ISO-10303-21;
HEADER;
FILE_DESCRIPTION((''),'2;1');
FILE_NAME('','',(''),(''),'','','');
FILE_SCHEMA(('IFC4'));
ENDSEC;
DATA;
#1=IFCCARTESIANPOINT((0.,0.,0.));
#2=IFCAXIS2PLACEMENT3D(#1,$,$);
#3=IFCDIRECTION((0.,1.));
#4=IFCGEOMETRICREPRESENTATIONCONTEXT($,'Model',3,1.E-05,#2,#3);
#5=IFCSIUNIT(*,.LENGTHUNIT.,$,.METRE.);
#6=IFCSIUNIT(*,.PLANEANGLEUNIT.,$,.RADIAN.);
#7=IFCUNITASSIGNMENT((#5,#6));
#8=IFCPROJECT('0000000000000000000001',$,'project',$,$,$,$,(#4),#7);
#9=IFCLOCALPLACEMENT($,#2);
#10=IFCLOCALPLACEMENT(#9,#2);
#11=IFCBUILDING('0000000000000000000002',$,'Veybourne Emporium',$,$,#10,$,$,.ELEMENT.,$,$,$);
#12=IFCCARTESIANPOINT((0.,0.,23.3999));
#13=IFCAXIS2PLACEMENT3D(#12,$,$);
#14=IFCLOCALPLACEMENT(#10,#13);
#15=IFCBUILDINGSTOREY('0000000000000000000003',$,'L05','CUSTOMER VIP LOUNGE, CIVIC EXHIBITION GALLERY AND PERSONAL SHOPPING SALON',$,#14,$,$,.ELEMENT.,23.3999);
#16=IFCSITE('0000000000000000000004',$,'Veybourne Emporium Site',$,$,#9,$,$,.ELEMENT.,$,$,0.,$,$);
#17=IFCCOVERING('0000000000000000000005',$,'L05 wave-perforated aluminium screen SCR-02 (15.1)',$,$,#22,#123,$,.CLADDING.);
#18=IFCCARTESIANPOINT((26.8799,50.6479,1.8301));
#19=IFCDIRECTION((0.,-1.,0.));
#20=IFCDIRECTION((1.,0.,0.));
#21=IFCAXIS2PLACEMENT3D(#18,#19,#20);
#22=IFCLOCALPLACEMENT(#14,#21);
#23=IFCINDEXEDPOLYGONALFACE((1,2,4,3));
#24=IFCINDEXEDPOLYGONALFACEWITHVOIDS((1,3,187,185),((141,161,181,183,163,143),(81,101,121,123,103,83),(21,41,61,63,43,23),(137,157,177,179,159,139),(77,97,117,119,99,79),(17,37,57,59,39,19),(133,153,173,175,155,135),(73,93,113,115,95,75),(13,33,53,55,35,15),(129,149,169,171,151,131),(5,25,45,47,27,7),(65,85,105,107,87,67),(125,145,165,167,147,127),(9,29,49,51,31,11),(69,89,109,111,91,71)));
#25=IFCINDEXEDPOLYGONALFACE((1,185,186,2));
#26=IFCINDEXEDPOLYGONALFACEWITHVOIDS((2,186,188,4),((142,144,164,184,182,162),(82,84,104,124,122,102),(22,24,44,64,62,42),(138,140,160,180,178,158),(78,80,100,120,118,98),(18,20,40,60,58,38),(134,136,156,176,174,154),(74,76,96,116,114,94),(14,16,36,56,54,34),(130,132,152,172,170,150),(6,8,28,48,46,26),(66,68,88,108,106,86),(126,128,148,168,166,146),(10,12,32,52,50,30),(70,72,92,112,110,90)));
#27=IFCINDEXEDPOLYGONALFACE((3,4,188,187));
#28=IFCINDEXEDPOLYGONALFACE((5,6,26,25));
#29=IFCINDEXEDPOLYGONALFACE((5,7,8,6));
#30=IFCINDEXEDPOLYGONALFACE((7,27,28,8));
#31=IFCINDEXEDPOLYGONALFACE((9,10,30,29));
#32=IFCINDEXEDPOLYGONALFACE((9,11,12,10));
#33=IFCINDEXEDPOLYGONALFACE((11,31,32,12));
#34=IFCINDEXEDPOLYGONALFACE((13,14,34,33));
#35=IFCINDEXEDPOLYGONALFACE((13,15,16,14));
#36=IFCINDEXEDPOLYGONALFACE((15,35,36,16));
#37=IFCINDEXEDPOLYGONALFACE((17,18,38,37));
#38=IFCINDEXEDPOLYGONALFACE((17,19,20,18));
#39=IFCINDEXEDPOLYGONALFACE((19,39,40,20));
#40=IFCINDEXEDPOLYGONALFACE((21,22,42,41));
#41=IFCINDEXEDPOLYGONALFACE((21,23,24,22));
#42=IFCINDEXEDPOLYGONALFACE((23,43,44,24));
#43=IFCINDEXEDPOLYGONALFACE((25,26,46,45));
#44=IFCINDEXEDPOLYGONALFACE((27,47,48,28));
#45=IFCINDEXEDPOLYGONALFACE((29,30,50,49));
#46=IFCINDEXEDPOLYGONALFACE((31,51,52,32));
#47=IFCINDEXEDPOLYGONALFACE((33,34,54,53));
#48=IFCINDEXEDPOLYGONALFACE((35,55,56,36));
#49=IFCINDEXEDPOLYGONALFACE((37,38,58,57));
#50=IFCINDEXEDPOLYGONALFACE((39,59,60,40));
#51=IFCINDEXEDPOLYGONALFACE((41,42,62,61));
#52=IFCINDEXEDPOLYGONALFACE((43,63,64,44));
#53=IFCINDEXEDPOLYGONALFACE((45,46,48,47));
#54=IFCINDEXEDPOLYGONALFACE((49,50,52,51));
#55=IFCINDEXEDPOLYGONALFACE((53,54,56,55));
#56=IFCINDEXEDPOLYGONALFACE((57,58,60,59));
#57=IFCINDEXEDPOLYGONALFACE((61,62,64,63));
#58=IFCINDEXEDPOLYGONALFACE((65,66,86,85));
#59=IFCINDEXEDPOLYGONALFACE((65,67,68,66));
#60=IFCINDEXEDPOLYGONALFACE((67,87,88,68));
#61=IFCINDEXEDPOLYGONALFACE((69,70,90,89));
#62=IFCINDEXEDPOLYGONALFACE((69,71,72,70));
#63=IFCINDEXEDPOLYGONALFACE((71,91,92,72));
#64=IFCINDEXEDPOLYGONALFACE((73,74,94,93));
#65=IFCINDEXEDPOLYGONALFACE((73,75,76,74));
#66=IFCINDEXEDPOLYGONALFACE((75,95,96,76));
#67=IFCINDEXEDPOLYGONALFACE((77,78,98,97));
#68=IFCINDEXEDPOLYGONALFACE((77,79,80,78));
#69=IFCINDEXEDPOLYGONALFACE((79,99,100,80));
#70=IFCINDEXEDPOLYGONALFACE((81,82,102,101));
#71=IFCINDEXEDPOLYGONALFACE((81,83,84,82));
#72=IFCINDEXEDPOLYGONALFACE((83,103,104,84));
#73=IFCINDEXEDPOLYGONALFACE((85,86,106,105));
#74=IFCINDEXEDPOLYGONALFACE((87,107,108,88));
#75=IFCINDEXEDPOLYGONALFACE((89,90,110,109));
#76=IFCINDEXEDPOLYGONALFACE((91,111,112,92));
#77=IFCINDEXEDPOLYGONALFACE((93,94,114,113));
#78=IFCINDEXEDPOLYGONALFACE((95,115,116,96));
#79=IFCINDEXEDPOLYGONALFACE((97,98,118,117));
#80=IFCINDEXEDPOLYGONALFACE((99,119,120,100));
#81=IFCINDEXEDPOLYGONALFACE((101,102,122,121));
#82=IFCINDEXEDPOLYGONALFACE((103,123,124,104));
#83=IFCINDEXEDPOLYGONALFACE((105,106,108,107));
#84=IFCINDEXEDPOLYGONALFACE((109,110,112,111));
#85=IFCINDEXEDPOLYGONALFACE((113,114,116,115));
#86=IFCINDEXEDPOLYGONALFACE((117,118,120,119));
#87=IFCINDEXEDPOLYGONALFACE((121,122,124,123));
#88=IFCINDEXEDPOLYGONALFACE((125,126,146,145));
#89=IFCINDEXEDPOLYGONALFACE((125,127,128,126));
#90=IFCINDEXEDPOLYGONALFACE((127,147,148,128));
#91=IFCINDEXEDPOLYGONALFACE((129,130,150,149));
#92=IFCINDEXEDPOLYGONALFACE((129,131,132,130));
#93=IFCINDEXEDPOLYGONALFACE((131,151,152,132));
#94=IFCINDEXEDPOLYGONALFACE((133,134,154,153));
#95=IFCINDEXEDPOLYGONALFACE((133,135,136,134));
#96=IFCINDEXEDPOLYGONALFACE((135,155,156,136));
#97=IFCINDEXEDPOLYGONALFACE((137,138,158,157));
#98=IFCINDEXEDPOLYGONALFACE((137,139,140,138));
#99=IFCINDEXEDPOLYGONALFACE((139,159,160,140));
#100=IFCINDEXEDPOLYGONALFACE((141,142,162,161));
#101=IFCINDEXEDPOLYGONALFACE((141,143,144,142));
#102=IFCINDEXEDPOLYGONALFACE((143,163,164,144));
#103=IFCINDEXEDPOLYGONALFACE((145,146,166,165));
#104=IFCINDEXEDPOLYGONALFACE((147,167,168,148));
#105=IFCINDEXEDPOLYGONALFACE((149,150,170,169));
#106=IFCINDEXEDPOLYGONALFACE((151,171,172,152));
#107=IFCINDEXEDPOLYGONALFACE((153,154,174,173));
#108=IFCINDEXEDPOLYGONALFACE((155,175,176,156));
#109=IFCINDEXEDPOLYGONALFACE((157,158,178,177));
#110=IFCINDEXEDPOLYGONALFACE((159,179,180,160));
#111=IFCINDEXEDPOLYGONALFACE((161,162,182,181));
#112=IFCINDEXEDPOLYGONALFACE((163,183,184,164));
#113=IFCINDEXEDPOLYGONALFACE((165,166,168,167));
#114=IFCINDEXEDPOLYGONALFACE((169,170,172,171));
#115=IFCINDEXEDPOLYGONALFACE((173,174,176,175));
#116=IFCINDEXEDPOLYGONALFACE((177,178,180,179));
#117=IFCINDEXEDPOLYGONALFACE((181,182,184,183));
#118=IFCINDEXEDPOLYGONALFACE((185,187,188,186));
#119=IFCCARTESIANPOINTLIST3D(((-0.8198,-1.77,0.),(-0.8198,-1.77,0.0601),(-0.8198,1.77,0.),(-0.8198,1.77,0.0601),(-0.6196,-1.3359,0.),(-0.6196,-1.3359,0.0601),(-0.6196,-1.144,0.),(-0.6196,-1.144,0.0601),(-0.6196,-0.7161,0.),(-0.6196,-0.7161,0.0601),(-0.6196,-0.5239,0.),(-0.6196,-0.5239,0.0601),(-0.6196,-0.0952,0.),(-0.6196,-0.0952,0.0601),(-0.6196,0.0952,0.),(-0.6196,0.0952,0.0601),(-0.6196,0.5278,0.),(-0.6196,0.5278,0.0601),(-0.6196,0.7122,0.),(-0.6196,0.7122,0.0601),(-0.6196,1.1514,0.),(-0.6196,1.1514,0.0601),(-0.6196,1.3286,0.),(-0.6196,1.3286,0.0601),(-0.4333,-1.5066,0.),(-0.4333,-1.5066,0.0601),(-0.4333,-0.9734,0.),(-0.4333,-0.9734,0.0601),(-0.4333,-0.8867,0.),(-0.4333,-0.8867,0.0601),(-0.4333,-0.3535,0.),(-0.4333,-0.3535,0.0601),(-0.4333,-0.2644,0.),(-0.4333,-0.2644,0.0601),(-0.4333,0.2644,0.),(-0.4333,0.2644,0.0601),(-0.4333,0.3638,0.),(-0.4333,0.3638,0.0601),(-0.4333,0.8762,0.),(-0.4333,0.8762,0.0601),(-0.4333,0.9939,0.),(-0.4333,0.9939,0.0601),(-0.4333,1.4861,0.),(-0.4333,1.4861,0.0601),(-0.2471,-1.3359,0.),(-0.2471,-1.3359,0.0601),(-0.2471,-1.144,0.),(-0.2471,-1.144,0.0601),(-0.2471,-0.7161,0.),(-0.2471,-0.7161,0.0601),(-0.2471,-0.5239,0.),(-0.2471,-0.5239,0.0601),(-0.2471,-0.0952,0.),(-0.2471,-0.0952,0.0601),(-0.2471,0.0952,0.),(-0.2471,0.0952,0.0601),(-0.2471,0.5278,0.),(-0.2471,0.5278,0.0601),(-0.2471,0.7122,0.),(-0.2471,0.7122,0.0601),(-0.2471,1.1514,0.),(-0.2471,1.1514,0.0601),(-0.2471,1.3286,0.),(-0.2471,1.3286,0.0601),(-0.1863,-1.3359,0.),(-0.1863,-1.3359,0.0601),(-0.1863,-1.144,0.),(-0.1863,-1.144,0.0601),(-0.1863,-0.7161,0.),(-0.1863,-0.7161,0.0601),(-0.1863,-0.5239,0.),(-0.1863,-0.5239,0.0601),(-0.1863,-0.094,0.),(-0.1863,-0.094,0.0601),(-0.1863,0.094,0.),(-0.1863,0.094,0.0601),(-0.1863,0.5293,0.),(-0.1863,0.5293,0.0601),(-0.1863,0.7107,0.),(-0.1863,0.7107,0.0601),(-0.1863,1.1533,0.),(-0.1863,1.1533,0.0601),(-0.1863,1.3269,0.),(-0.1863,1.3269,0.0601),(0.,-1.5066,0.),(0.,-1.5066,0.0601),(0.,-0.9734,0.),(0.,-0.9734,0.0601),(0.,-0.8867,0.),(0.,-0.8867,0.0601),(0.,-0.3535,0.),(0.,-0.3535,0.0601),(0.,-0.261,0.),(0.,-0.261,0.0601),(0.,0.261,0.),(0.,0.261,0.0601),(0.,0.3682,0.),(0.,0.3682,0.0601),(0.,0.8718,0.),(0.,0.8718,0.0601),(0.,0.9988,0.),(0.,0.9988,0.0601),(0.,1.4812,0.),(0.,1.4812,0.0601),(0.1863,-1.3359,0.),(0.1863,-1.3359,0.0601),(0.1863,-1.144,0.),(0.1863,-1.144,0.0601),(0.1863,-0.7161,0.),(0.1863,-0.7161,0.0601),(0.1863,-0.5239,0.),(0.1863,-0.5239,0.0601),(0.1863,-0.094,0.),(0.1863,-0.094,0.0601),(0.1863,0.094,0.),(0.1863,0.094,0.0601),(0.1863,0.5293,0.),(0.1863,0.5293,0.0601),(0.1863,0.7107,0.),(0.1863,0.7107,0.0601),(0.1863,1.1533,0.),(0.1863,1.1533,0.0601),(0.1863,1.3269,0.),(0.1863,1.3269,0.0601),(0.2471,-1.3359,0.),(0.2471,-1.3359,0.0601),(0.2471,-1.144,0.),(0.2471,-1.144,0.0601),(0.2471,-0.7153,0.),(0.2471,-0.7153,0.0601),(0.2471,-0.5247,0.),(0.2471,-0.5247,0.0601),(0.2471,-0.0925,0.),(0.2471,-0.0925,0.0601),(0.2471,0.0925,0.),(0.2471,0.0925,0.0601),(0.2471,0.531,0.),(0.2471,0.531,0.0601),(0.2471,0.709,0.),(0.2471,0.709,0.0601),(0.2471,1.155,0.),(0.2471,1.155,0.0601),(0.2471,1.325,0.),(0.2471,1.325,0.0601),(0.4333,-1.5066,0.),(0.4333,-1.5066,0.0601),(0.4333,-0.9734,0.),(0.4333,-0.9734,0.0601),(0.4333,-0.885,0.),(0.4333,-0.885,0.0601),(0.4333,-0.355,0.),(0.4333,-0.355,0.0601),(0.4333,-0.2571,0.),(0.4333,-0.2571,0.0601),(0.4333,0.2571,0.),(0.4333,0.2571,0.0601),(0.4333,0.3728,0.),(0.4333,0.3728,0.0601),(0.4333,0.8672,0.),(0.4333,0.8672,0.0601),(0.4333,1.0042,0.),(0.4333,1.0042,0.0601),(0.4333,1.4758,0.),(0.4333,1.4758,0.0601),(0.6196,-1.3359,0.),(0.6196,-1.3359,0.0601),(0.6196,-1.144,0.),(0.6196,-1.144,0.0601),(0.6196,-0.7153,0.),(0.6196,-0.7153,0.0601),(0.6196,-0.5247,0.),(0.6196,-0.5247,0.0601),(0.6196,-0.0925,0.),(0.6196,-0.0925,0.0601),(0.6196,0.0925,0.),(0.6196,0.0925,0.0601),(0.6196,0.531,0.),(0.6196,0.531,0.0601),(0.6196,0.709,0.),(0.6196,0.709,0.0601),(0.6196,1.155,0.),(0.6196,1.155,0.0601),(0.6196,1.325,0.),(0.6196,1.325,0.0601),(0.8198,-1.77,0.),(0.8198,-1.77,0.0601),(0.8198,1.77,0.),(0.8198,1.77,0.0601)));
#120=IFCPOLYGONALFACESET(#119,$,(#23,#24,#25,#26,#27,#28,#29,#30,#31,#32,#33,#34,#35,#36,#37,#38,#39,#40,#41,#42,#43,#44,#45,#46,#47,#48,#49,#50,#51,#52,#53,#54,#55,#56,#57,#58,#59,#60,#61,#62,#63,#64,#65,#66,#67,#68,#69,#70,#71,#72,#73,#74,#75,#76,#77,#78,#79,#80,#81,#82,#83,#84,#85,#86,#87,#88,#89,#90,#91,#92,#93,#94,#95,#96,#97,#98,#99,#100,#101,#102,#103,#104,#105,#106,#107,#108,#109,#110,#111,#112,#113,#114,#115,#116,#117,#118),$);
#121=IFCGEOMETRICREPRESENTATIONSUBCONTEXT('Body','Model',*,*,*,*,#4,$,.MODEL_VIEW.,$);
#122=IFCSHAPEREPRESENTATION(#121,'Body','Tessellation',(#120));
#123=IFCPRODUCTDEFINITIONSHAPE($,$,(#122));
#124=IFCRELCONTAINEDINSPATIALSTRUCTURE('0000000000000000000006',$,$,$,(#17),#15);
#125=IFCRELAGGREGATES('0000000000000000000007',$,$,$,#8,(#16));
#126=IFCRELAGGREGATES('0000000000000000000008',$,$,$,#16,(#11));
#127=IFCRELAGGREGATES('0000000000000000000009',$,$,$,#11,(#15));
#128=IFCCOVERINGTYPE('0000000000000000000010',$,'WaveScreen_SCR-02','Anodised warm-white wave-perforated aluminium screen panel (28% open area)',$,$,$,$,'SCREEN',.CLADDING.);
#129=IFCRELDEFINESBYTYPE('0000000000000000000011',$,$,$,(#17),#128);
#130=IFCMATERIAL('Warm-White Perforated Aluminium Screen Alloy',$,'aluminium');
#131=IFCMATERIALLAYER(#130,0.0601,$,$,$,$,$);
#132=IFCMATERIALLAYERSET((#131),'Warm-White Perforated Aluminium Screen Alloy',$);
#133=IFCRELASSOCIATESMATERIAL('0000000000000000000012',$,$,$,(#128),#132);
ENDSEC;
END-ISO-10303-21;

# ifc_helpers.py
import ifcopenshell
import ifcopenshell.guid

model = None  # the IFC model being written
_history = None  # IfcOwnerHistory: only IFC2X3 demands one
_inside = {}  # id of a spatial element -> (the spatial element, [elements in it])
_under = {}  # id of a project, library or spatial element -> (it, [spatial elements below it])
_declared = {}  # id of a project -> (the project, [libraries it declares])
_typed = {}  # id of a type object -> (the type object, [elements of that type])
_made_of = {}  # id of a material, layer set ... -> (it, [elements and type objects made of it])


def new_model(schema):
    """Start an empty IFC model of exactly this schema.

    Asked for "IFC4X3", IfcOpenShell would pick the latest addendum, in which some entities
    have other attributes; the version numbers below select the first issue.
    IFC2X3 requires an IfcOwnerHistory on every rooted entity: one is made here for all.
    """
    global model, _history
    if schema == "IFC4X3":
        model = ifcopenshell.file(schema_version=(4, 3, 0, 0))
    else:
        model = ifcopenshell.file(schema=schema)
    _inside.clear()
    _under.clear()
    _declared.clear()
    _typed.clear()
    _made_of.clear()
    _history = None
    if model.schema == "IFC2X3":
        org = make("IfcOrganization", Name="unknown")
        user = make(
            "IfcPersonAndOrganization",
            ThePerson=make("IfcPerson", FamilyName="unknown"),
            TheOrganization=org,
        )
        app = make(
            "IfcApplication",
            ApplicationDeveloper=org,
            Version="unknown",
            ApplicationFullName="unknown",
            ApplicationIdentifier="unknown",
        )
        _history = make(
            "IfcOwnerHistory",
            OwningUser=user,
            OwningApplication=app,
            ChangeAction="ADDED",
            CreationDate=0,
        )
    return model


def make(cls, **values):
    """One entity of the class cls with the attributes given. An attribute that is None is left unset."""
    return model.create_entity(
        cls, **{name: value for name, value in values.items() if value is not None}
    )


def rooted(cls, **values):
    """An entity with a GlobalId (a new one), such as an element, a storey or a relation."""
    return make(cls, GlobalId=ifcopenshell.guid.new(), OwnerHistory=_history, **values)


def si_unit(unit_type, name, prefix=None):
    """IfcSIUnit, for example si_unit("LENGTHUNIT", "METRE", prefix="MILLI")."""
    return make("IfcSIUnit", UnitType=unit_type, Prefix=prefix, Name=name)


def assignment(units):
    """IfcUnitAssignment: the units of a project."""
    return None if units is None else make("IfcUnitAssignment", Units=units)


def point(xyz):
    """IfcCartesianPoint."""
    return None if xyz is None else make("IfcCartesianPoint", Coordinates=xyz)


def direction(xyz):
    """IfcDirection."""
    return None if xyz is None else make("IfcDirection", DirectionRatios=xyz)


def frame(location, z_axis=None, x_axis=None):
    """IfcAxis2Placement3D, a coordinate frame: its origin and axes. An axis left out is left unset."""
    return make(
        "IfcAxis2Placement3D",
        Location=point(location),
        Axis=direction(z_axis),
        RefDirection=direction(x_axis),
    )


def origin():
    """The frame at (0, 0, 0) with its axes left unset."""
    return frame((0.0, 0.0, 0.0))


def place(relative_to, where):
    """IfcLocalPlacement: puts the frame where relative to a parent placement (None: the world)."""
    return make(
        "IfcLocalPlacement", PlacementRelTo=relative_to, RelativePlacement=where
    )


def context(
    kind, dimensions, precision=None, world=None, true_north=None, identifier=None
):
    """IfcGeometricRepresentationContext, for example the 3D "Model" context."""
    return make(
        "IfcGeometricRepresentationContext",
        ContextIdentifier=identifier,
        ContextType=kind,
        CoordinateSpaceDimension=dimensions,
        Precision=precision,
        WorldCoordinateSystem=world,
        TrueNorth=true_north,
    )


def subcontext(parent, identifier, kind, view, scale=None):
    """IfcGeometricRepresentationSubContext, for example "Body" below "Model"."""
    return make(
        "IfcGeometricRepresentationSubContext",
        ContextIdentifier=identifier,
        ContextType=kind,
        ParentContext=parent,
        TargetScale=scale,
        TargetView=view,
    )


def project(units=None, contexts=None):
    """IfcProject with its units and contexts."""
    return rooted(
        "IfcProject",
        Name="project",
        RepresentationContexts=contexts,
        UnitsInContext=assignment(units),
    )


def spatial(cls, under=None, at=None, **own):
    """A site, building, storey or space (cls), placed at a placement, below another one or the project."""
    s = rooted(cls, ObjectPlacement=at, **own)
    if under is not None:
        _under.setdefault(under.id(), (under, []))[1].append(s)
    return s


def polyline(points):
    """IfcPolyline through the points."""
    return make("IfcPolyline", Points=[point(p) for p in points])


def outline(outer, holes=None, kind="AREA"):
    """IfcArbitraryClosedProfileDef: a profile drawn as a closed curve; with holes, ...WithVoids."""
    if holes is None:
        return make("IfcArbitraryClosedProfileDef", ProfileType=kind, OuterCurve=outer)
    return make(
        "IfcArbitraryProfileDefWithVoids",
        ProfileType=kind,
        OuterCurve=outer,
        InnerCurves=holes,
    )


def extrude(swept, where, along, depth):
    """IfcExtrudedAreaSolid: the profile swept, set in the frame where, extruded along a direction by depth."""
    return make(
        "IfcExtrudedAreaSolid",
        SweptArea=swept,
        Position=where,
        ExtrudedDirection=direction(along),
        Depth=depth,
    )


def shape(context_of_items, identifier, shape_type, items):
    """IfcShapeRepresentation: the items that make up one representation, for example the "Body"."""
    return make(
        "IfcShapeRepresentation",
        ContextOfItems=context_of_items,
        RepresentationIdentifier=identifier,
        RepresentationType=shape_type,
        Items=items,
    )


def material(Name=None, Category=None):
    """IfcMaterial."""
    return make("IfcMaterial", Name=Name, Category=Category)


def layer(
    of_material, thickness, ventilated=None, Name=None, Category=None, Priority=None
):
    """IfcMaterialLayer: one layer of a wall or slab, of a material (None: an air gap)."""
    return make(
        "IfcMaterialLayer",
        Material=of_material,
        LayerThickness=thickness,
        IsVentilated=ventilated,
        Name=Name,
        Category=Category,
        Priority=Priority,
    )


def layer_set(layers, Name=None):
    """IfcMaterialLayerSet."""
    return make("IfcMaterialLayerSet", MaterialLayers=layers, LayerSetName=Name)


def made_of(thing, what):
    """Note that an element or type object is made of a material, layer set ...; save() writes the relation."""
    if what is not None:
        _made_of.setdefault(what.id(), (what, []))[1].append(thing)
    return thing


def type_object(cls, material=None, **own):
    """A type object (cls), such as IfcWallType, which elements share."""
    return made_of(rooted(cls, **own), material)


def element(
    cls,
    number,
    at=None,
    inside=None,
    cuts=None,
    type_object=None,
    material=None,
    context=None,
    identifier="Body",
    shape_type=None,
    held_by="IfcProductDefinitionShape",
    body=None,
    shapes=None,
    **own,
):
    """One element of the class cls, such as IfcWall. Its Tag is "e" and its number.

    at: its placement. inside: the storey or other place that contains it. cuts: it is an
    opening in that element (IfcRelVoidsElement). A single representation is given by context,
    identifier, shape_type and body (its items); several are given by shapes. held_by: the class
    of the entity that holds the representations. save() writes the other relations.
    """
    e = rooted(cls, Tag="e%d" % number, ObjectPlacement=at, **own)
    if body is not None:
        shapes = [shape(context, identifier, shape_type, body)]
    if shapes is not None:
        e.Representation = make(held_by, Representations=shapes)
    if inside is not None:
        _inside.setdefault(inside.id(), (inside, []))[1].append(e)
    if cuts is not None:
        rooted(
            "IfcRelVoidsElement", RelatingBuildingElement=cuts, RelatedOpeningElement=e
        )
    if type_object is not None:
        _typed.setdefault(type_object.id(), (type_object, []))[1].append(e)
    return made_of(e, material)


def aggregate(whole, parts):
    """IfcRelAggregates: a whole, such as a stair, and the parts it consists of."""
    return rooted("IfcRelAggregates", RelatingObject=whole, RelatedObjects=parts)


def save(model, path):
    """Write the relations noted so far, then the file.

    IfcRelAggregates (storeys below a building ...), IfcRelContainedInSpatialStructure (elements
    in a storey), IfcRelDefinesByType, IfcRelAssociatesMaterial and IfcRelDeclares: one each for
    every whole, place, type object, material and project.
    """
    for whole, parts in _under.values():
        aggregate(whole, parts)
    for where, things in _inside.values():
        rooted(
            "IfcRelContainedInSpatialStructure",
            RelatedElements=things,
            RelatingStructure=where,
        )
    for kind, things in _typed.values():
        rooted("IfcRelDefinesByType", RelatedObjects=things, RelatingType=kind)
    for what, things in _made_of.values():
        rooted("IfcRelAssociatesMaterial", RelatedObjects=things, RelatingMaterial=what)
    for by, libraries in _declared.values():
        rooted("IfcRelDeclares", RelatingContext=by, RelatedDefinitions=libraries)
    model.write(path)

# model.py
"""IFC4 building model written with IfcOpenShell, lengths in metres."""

from ifc_helpers import new_model, si_unit, direction, frame, origin, place, context, subcontext, project, spatial, polyline, outline, extrude, material, layer, layer_set, type_object, element, save


model = new_model("IFC4")

# Units and contexts
model_context = context("Model", 3, precision=1e-05, world=origin(), true_north=direction((0.0, 1.0)))
body_context = subcontext(model_context, "Body", "Model", "MODEL_VIEW")
ifc_project = project(units=[si_unit("LENGTHUNIT", "METRE"), si_unit("PLANEANGLEUNIT", "RADIAN")], contexts=[model_context])

# Site, building, storey
site_placement = place(None, origin())
site = spatial("IfcSite", under=ifc_project, at=site_placement, Name="Veybourne Emporium Site", CompositionType="ELEMENT", RefElevation=0.0)
building_placement = place(site_placement, origin())
building = spatial("IfcBuilding", under=site, at=building_placement, Name="Veybourne Emporium", CompositionType="ELEMENT")
storey_placement = place(building_placement, frame((0.0, 0.0, 23.3999)))
storey = spatial("IfcBuildingStorey", under=building, at=storey_placement, Name="L05", Description="CUSTOMER VIP LOUNGE, CIVIC EXHIBITION GALLERY AND PERSONAL SHOPPING SALON", CompositionType="ELEMENT", Elevation=23.3999)

# Covering
ifc_material_1 = material(Name="Warm-White Perforated Aluminium Screen Alloy", Category="aluminium")
ifc_layer_1 = layer(ifc_material_1, 0.0601)
ifc_layer_set_1 = layer_set([ifc_layer_1], Name="Warm-White Perforated Aluminium Screen Alloy")
covering_type_1 = type_object("IfcCoveringType", Name="WaveScreen_SCR-02", Description="Anodised warm-white wave-perforated aluminium screen panel (28% open area)", ElementType="SCREEN", PredefinedType="CLADDING", material=ifc_layer_set_1)
covering_1_placement = place(storey_placement, frame((26.8799, 50.6479, 1.8301), z_axis=(0.0, -1.0, 0.0), x_axis=(1.0, 0.0, 0.0)))
element("IfcCovering", 1, at=covering_1_placement, inside=storey, type_object=covering_type_1, Name="L05 wave-perforated aluminium screen SCR-02 (15.1)", PredefinedType="CLADDING", context=body_context, shape_type="SweptSolid", body=[
    extrude(outline(polyline([(-0.8198, -1.77), (0.8198, -1.77), (0.8198, 1.77), (-0.8198, 1.77), (-0.8198, -1.77)]), holes=[polyline([(-0.4333, -0.9734), (-0.2471, -1.144), (-0.2471, -1.3359), (-0.4333, -1.5066), (-0.6196, -1.3359), (-0.6196, -1.144), (-0.4333, -0.9734)]), polyline([(-0.4333, -0.3535), (-0.2471, -0.5239), (-0.2471, -0.7161), (-0.4333, -0.8867), (-0.6196, -0.7161), (-0.6196, -0.5239), (-0.4333, -0.3535)]), polyline([(-0.4333, 0.2644), (-0.2471, 0.0952), (-0.2471, -0.0952), (-0.4333, -0.2644), (-0.6196, -0.0952), (-0.6196, 0.0952), (-0.4333, 0.2644)]), polyline([(-0.4333, 0.8762), (-0.2471, 0.7122), (-0.2471, 0.5278), (-0.4333, 0.3638), (-0.6196, 0.5278), (-0.6196, 0.7122), (-0.4333, 0.8762)]), polyline([(-0.4333, 1.4861), (-0.2471, 1.3286), (-0.2471, 1.1514), (-0.4333, 0.9939), (-0.6196, 1.1514), (-0.6196, 1.3286), (-0.4333, 1.4861)]), polyline([(0.0, -0.9734), (0.1863, -1.144), (0.1863, -1.3359), (0.0, -1.5066), (-0.1863, -1.3359), (-0.1863, -1.144), (0.0, -0.9734)]), polyline([(0.0, -0.3535), (0.1863, -0.5239), (0.1863, -0.7161), (0.0, -0.8867), (-0.1863, -0.7161), (-0.1863, -0.5239), (0.0, -0.3535)]), polyline([(0.0, 0.261), (0.1863, 0.094), (0.1863, -0.094), (0.0, -0.261), (-0.1863, -0.094), (-0.1863, 0.094), (0.0, 0.261)]), polyline([(0.0, 0.8718), (0.1863, 0.7107), (0.1863, 0.5293), (0.0, 0.3682), (-0.1863, 0.5293), (-0.1863, 0.7107), (0.0, 0.8718)]), polyline([(0.0, 1.4812), (0.1863, 1.3269), (0.1863, 1.1533), (0.0, 0.9988), (-0.1863, 1.1533), (-0.1863, 1.3269), (0.0, 1.4812)]), polyline([(0.4333, -0.9734), (0.6196, -1.144), (0.6196, -1.3359), (0.4333, -1.5066), (0.2471, -1.3359), (0.2471, -1.144), (0.4333, -0.9734)]), polyline([(0.4333, -0.355), (0.6196, -0.5247), (0.6196, -0.7153), (0.4333, -0.885), (0.2471, -0.7153), (0.2471, -0.5247), (0.4333, -0.355)]), polyline([(0.4333, 0.2571), (0.6196, 0.0925), (0.6196, -0.0925), (0.4333, -0.2571), (0.2471, -0.0925), (0.2471, 0.0925), (0.4333, 0.2571)]), polyline([(0.4333, 0.8672), (0.6196, 0.709), (0.6196, 0.531), (0.4333, 0.3728), (0.2471, 0.531), (0.2471, 0.709), (0.4333, 0.8672)]), polyline([(0.4333, 1.4758), (0.6196, 1.325), (0.6196, 1.155), (0.4333, 1.0042), (0.2471, 1.155), (0.2471, 1.325), (0.4333, 1.4758)])]), origin(), (0.0, 0.0, 1.0), 0.0601),
])

save(model, "model.ifc")
